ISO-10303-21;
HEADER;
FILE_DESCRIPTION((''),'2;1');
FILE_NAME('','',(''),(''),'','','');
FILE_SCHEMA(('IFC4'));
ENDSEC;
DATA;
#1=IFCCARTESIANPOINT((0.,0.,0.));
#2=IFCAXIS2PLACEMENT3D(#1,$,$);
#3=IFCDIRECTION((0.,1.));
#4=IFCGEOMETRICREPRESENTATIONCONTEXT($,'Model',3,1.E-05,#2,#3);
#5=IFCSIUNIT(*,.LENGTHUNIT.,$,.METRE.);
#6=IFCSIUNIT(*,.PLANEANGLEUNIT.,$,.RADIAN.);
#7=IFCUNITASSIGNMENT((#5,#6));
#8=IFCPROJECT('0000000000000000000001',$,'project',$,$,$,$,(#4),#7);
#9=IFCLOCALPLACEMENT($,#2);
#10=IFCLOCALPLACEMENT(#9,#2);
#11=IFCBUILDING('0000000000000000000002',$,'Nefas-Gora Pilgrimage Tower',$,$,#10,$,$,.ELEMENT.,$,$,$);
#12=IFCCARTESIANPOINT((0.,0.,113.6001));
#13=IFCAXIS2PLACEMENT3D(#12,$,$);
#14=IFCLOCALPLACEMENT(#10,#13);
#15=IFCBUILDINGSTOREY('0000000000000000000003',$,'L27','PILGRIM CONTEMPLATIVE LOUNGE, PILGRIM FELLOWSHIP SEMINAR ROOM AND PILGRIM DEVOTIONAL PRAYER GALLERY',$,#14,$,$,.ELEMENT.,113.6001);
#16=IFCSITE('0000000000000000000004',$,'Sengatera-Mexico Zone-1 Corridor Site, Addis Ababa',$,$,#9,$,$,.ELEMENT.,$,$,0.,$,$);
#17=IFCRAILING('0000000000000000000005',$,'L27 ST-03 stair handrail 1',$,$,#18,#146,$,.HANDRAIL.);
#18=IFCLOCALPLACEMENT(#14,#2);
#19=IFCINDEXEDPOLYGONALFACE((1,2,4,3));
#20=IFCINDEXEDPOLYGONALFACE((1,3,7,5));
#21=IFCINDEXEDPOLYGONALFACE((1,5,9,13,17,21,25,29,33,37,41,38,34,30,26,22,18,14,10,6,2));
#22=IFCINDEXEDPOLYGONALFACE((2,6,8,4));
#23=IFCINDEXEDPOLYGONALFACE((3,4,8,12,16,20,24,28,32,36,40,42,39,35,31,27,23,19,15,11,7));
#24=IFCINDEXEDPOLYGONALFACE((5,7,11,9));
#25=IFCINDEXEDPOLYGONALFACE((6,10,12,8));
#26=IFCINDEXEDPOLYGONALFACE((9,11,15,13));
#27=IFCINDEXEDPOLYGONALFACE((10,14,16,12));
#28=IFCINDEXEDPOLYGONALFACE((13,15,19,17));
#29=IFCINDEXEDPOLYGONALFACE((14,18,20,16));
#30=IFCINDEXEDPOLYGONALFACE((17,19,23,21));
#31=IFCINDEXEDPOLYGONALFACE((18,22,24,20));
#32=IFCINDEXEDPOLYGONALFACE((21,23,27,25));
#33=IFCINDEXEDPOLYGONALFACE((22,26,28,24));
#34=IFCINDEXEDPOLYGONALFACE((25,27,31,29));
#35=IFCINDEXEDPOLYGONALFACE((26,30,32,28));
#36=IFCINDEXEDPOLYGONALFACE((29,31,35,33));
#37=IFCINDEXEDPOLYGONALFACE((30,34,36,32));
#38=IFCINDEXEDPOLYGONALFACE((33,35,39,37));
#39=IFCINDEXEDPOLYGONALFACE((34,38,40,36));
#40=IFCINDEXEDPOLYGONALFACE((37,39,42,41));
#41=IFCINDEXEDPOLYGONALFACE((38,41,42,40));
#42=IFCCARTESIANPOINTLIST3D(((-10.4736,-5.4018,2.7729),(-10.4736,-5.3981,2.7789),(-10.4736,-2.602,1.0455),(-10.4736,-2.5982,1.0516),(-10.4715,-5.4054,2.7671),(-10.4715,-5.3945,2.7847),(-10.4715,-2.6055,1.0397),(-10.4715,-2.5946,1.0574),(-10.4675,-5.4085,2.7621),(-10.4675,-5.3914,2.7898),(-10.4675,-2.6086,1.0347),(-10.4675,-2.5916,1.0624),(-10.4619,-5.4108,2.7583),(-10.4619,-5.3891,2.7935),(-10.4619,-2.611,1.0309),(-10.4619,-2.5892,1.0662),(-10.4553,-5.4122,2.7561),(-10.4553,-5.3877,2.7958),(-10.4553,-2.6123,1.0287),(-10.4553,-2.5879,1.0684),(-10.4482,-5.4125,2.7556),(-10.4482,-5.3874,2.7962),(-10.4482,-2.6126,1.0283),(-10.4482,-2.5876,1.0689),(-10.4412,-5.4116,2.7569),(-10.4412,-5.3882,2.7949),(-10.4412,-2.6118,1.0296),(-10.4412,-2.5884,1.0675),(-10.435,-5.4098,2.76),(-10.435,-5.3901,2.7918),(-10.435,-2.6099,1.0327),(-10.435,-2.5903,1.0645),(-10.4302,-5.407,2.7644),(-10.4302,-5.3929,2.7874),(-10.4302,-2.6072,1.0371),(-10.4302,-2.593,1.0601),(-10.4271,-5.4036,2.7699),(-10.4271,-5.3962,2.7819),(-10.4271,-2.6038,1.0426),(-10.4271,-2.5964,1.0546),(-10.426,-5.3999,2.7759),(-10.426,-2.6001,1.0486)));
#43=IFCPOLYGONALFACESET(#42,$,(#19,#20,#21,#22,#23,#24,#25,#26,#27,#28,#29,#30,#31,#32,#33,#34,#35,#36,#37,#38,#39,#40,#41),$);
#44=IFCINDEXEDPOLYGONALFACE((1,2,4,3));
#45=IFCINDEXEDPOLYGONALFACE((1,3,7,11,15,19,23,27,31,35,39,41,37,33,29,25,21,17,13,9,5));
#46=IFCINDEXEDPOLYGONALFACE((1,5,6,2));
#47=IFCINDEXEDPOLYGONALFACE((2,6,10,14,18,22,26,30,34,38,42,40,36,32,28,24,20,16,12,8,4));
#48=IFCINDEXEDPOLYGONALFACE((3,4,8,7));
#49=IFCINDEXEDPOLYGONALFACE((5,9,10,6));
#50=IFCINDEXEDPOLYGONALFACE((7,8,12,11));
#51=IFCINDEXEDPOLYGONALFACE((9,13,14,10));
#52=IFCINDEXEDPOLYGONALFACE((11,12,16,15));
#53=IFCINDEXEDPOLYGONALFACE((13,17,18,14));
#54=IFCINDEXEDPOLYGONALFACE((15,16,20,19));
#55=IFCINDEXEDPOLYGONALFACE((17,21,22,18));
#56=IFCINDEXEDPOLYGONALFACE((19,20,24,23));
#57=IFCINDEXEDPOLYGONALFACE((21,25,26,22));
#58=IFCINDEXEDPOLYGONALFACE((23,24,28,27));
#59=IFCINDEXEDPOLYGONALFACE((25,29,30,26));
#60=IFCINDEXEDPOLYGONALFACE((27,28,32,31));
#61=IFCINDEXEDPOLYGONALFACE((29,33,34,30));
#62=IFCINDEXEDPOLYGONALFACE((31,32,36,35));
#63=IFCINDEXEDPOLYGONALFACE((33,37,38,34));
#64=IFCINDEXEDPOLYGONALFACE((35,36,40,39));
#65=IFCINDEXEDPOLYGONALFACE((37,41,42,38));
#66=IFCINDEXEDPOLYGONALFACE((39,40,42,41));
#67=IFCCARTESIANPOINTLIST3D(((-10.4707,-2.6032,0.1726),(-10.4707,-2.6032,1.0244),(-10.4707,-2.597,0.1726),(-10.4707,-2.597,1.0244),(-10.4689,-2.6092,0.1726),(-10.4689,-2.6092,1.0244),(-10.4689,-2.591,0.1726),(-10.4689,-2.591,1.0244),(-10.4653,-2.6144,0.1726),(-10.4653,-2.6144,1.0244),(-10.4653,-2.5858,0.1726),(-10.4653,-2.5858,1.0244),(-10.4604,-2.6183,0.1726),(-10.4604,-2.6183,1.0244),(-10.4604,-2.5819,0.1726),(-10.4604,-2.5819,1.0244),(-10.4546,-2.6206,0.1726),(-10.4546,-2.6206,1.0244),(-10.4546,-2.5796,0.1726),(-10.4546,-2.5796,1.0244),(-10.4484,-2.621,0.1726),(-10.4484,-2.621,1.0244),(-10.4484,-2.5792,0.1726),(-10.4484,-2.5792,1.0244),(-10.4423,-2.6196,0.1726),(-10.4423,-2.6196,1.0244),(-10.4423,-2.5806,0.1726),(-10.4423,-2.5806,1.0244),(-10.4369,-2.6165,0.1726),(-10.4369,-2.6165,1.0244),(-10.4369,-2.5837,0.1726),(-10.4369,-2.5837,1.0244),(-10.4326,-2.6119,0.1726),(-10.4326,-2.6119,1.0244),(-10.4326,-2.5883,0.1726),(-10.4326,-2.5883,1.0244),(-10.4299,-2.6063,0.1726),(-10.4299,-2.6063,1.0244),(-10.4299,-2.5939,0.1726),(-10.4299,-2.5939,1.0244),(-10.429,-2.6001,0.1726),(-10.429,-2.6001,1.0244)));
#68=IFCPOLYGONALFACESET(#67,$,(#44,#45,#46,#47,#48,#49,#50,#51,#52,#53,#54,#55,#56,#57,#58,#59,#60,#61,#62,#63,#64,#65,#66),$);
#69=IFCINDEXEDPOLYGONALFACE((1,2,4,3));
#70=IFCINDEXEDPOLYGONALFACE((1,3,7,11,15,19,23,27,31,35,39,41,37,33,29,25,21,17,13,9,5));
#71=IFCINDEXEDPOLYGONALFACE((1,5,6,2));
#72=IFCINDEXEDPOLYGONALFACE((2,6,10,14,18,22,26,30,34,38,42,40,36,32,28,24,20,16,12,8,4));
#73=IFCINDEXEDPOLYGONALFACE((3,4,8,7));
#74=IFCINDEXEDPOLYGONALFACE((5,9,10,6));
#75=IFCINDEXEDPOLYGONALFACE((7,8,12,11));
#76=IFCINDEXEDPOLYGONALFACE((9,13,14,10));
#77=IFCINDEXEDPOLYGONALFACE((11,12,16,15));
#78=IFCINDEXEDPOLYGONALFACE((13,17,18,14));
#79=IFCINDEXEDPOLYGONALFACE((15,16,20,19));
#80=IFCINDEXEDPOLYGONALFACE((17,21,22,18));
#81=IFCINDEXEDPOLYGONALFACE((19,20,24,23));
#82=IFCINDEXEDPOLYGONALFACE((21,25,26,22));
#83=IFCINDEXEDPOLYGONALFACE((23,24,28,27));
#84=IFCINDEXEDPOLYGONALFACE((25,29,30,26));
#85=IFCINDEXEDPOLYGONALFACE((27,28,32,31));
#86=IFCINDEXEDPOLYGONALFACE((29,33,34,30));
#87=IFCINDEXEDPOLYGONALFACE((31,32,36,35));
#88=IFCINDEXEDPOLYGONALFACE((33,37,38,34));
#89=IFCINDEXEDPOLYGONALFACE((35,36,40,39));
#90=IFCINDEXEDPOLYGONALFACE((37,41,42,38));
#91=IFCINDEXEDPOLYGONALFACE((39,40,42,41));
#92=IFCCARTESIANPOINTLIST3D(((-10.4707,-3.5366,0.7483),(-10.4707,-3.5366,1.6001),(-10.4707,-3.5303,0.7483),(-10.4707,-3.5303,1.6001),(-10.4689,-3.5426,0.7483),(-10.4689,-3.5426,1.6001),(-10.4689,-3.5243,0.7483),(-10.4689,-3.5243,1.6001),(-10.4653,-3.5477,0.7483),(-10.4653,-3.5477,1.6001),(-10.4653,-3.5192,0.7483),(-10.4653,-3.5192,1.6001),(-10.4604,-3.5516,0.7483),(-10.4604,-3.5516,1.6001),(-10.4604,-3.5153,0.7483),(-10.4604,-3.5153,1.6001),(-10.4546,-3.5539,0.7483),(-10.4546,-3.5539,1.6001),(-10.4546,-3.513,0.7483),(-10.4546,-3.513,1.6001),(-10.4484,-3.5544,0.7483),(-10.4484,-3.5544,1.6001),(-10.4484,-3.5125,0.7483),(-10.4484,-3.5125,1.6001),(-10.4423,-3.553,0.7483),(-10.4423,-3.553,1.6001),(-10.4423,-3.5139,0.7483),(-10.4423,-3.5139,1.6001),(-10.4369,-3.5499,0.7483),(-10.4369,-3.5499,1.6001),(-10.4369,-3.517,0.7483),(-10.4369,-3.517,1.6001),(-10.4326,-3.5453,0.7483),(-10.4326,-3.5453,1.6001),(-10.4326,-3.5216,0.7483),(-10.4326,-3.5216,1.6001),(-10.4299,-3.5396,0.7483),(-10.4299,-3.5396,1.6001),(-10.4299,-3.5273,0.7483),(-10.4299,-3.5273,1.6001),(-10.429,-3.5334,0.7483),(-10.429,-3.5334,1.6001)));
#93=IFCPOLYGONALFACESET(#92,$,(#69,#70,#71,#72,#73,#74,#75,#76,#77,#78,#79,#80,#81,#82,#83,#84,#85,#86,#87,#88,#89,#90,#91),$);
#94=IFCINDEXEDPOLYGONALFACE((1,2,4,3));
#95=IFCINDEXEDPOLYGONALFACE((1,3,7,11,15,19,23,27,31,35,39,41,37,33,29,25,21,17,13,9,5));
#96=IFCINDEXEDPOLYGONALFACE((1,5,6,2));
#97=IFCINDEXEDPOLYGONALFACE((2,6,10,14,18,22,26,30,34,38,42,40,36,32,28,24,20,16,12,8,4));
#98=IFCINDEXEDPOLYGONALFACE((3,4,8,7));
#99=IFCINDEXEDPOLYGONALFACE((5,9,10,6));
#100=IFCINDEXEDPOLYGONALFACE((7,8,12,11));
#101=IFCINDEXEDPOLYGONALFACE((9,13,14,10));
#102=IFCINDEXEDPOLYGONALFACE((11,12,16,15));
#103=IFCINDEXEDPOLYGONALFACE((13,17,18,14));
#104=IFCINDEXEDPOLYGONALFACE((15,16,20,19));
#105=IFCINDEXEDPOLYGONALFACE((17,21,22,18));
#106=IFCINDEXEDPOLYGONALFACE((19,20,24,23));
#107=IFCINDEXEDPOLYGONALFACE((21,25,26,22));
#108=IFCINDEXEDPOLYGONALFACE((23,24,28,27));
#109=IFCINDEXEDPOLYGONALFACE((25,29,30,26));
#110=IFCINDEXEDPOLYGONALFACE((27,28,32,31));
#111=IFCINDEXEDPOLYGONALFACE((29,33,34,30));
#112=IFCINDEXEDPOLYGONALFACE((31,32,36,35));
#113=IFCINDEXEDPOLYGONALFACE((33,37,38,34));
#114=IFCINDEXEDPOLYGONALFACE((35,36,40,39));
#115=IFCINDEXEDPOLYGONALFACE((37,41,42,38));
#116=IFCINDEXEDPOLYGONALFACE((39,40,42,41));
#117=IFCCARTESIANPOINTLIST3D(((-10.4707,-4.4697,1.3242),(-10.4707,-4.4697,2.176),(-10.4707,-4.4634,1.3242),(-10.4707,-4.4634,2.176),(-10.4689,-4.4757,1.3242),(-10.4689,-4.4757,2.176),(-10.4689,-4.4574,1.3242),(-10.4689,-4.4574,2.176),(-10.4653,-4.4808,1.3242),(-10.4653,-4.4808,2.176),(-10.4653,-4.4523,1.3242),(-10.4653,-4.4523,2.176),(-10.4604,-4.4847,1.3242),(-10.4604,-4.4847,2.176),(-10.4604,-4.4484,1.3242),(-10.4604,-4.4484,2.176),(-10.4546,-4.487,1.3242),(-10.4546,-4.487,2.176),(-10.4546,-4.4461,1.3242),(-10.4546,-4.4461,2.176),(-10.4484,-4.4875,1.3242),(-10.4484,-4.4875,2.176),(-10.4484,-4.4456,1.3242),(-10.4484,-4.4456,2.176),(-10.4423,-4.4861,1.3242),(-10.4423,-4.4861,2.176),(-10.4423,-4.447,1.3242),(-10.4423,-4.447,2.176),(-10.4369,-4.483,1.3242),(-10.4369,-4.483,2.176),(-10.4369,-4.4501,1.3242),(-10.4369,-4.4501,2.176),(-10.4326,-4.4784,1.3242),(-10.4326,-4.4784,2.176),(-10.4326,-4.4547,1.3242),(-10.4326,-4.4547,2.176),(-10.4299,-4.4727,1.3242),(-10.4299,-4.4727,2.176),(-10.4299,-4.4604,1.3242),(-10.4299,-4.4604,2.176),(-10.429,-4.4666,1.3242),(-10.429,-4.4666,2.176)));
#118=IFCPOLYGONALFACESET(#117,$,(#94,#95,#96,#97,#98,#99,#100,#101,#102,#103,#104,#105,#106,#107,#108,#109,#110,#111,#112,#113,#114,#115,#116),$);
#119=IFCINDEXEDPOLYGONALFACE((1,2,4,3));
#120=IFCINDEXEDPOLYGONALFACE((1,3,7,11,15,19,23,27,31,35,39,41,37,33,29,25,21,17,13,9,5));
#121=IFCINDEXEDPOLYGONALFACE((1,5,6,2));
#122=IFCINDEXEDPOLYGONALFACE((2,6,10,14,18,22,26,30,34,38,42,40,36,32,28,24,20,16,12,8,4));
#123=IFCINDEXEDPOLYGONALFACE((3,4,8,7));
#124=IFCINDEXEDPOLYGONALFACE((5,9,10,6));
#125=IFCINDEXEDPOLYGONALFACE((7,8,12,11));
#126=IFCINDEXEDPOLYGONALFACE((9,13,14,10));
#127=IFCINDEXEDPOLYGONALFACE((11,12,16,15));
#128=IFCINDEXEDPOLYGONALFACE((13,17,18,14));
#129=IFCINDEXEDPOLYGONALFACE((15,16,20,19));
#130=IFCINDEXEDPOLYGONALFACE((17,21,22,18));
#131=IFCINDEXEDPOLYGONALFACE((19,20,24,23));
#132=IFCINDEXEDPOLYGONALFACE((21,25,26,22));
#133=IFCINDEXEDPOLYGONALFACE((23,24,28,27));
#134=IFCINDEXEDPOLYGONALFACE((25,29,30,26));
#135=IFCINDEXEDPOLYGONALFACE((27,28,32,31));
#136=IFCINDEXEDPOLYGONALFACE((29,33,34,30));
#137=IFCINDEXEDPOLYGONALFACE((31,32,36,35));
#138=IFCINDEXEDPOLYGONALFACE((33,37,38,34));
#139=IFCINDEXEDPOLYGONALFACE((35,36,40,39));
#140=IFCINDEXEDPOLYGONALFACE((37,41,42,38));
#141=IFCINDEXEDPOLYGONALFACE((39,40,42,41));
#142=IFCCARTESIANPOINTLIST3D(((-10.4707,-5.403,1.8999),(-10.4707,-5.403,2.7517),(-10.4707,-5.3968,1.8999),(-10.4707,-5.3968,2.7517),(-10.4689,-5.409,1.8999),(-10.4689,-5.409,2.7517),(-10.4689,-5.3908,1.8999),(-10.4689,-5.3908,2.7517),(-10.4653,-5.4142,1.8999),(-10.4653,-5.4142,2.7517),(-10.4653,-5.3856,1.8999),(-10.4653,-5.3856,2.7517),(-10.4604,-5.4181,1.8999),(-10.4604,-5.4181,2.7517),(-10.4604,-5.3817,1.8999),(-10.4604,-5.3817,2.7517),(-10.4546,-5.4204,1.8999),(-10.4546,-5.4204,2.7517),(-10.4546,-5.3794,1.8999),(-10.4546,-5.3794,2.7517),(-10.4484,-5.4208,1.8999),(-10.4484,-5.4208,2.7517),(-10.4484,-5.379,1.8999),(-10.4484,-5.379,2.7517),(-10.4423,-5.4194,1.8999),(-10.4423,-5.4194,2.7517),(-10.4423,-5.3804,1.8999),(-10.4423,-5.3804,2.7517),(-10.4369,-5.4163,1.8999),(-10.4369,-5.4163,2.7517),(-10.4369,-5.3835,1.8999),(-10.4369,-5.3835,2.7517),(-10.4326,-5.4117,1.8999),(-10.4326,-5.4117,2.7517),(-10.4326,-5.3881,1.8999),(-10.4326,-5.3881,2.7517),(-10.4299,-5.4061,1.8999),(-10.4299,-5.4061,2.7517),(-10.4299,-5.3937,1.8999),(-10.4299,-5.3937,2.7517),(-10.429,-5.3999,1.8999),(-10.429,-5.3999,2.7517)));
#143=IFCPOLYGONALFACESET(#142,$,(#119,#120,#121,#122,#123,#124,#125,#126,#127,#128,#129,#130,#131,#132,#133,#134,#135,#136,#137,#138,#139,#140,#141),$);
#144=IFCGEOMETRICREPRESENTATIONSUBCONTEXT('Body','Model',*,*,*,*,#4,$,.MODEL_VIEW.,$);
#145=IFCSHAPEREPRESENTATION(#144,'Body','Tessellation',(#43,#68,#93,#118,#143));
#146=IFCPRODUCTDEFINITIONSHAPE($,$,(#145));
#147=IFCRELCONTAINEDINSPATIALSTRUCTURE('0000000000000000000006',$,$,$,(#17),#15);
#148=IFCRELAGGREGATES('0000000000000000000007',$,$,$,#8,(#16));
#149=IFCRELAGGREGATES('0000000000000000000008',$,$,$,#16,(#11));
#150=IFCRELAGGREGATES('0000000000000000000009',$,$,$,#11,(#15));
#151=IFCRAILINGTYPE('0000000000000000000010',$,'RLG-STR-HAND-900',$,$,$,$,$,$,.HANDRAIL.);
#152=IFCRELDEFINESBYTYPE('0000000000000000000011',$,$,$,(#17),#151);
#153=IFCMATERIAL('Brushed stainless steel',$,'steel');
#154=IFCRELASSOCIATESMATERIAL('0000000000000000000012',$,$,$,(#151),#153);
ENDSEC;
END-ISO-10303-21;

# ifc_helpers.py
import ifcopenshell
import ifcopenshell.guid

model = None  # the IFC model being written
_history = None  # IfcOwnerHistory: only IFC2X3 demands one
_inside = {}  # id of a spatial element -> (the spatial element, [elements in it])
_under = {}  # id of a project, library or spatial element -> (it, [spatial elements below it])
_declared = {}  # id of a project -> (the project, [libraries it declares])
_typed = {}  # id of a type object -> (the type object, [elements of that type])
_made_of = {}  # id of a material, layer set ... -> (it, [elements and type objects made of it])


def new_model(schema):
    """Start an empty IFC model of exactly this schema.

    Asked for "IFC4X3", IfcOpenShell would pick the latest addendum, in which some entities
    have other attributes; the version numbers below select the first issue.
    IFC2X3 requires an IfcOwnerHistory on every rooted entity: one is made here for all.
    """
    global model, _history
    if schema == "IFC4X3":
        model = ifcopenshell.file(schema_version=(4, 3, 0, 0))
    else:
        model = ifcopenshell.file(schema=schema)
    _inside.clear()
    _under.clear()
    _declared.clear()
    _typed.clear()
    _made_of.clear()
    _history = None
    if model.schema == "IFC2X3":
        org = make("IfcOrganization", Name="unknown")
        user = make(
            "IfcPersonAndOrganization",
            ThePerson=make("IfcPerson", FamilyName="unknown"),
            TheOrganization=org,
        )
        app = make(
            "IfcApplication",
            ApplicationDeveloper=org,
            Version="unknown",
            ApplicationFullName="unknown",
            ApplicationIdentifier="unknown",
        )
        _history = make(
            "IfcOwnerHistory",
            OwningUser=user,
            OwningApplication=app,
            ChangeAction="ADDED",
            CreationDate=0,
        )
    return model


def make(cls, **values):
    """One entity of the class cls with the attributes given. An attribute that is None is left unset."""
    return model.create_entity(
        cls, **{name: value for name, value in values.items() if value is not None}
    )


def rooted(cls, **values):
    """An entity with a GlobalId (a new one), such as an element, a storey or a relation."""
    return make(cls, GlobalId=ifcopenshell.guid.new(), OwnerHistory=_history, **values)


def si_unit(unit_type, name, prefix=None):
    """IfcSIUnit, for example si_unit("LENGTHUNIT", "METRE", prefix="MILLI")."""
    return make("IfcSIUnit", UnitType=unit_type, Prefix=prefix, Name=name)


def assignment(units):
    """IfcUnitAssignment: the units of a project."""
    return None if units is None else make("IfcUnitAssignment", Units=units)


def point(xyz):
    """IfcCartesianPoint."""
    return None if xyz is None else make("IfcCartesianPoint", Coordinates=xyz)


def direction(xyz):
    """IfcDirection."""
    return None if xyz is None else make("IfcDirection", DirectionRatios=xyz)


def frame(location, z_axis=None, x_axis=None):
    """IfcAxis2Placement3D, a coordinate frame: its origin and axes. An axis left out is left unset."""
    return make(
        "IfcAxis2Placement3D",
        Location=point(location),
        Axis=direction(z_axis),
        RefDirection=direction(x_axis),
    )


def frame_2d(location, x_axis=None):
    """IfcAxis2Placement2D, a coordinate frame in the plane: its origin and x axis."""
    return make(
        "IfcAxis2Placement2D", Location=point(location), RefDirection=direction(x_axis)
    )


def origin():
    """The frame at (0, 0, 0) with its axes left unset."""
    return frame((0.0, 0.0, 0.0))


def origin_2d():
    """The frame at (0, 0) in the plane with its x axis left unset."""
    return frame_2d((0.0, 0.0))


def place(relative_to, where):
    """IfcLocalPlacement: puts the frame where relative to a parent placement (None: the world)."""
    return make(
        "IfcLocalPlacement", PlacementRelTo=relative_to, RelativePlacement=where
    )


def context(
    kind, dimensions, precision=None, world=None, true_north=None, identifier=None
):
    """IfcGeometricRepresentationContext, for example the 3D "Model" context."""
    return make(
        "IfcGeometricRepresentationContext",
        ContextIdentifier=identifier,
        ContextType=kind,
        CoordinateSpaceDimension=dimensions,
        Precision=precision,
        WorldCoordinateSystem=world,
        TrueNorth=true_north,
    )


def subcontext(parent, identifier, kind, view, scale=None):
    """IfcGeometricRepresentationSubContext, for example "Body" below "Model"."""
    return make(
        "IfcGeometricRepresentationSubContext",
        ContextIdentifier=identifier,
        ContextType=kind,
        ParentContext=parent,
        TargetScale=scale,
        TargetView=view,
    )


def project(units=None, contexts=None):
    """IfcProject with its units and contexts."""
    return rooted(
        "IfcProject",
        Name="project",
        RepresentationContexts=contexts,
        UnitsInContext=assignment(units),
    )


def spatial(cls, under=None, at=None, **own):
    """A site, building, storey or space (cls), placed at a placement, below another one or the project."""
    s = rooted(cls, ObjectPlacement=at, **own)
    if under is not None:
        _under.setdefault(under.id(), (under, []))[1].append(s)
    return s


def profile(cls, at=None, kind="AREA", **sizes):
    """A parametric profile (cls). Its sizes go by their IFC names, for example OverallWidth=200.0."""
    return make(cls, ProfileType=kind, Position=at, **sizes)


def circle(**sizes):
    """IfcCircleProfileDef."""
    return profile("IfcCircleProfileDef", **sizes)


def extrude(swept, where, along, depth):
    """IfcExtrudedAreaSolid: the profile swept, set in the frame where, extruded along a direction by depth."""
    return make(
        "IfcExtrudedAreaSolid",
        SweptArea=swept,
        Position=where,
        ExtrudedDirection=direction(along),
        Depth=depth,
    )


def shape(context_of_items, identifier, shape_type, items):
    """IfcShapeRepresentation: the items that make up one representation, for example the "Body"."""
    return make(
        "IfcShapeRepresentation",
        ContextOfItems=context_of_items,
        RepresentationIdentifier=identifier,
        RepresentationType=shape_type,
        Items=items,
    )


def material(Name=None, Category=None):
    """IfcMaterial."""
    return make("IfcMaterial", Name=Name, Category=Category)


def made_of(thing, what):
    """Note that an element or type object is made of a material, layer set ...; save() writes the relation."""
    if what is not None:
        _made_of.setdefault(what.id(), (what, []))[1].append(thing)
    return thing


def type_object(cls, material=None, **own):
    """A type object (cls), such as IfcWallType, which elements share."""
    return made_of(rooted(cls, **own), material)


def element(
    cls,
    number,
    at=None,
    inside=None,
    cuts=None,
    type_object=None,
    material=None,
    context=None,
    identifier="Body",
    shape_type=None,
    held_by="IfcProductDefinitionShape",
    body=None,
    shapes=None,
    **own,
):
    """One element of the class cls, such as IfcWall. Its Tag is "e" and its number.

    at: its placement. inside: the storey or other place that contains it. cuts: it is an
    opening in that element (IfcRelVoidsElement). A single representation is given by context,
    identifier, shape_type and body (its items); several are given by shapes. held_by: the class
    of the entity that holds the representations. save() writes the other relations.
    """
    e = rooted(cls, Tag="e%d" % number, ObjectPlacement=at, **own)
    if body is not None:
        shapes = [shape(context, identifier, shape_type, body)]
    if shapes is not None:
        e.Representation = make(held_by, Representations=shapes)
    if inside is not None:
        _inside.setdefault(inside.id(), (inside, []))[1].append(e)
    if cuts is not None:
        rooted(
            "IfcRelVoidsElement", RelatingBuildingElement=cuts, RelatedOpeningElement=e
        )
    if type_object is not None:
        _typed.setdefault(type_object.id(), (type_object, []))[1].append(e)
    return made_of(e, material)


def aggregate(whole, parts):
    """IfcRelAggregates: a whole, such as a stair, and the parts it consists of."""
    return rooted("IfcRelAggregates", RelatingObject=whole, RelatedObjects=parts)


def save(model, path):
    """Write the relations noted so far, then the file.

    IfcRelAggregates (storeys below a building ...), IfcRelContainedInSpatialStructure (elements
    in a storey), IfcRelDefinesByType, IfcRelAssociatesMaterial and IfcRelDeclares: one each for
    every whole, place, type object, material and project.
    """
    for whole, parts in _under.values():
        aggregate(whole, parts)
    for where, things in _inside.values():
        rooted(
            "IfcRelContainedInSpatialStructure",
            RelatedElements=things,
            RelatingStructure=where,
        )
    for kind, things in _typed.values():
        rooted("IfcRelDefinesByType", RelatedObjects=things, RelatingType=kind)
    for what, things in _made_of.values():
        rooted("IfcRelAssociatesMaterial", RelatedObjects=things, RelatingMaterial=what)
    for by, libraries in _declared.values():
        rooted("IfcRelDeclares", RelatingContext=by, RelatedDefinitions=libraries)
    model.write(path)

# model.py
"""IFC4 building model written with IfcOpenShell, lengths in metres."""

from ifc_helpers import new_model, si_unit, direction, frame, origin, origin_2d, place, context, subcontext, project, spatial, circle, extrude, material, type_object, element, save


model = new_model("IFC4")

# Units and contexts
model_context = context("Model", 3, precision=1e-05, world=origin(), true_north=direction((0.0, 1.0)))
body_context = subcontext(model_context, "Body", "Model", "MODEL_VIEW")
ifc_project = project(units=[si_unit("LENGTHUNIT", "METRE"), si_unit("PLANEANGLEUNIT", "RADIAN")], contexts=[model_context])

# Site, building, storey
site_placement = place(None, origin())
site = spatial("IfcSite", under=ifc_project, at=site_placement, Name="Sengatera-Mexico Zone-1 Corridor Site, Addis Ababa", CompositionType="ELEMENT", RefElevation=0.0)
building_placement = place(site_placement, origin())
building = spatial("IfcBuilding", under=site, at=building_placement, Name="Nefas-Gora Pilgrimage Tower", CompositionType="ELEMENT")
storey_placement = place(building_placement, frame((0.0, 0.0, 113.6001)))
storey = spatial("IfcBuildingStorey", under=building, at=storey_placement, Name="L27", Description="PILGRIM CONTEMPLATIVE LOUNGE, PILGRIM FELLOWSHIP SEMINAR ROOM AND PILGRIM DEVOTIONAL PRAYER GALLERY", CompositionType="ELEMENT", Elevation=113.6001)

# Railing
ifc_material_1 = material(Name="Brushed stainless steel", Category="steel")
railing_type_1 = type_object("IfcRailingType", Name="RLG-STR-HAND-900", PredefinedType="HANDRAIL", material=ifc_material_1)
railing_1_placement = place(storey_placement, frame((-10.45, -2.6001, 0.1726)))
element("IfcRailing", 1, at=railing_1_placement, inside=storey, type_object=railing_type_1, Name="L27 ST-03 stair handrail 1", PredefinedType="HANDRAIL", context=body_context, shape_type="SweptSolid", body=[
    extrude(circle(Radius=0.0239, at=origin_2d()), frame((0.0, 0.0, 0.876), z_axis=(0.0, -0.851069, 0.525054), x_axis=(1.0, 0.0, 0.0)), (0.0, 0.0, 1.0), 3.2898),
    extrude(circle(Radius=0.021, at=origin_2d()), origin(), (0.0, 0.0, 1.0), 0.8518),
    extrude(circle(Radius=0.021, at=origin_2d()), frame((0.0, -0.9333, 0.5757)), (0.0, 0.0, 1.0), 0.8518),
    extrude(circle(Radius=0.021, at=origin_2d()), frame((0.0, -1.8665, 1.1516)), (0.0, 0.0, 1.0), 0.8518),
    extrude(circle(Radius=0.021, at=origin_2d()), frame((0.0, -2.7998, 1.7273)), (0.0, 0.0, 1.0), 0.8518),
])

save(model, "model.ifc")
